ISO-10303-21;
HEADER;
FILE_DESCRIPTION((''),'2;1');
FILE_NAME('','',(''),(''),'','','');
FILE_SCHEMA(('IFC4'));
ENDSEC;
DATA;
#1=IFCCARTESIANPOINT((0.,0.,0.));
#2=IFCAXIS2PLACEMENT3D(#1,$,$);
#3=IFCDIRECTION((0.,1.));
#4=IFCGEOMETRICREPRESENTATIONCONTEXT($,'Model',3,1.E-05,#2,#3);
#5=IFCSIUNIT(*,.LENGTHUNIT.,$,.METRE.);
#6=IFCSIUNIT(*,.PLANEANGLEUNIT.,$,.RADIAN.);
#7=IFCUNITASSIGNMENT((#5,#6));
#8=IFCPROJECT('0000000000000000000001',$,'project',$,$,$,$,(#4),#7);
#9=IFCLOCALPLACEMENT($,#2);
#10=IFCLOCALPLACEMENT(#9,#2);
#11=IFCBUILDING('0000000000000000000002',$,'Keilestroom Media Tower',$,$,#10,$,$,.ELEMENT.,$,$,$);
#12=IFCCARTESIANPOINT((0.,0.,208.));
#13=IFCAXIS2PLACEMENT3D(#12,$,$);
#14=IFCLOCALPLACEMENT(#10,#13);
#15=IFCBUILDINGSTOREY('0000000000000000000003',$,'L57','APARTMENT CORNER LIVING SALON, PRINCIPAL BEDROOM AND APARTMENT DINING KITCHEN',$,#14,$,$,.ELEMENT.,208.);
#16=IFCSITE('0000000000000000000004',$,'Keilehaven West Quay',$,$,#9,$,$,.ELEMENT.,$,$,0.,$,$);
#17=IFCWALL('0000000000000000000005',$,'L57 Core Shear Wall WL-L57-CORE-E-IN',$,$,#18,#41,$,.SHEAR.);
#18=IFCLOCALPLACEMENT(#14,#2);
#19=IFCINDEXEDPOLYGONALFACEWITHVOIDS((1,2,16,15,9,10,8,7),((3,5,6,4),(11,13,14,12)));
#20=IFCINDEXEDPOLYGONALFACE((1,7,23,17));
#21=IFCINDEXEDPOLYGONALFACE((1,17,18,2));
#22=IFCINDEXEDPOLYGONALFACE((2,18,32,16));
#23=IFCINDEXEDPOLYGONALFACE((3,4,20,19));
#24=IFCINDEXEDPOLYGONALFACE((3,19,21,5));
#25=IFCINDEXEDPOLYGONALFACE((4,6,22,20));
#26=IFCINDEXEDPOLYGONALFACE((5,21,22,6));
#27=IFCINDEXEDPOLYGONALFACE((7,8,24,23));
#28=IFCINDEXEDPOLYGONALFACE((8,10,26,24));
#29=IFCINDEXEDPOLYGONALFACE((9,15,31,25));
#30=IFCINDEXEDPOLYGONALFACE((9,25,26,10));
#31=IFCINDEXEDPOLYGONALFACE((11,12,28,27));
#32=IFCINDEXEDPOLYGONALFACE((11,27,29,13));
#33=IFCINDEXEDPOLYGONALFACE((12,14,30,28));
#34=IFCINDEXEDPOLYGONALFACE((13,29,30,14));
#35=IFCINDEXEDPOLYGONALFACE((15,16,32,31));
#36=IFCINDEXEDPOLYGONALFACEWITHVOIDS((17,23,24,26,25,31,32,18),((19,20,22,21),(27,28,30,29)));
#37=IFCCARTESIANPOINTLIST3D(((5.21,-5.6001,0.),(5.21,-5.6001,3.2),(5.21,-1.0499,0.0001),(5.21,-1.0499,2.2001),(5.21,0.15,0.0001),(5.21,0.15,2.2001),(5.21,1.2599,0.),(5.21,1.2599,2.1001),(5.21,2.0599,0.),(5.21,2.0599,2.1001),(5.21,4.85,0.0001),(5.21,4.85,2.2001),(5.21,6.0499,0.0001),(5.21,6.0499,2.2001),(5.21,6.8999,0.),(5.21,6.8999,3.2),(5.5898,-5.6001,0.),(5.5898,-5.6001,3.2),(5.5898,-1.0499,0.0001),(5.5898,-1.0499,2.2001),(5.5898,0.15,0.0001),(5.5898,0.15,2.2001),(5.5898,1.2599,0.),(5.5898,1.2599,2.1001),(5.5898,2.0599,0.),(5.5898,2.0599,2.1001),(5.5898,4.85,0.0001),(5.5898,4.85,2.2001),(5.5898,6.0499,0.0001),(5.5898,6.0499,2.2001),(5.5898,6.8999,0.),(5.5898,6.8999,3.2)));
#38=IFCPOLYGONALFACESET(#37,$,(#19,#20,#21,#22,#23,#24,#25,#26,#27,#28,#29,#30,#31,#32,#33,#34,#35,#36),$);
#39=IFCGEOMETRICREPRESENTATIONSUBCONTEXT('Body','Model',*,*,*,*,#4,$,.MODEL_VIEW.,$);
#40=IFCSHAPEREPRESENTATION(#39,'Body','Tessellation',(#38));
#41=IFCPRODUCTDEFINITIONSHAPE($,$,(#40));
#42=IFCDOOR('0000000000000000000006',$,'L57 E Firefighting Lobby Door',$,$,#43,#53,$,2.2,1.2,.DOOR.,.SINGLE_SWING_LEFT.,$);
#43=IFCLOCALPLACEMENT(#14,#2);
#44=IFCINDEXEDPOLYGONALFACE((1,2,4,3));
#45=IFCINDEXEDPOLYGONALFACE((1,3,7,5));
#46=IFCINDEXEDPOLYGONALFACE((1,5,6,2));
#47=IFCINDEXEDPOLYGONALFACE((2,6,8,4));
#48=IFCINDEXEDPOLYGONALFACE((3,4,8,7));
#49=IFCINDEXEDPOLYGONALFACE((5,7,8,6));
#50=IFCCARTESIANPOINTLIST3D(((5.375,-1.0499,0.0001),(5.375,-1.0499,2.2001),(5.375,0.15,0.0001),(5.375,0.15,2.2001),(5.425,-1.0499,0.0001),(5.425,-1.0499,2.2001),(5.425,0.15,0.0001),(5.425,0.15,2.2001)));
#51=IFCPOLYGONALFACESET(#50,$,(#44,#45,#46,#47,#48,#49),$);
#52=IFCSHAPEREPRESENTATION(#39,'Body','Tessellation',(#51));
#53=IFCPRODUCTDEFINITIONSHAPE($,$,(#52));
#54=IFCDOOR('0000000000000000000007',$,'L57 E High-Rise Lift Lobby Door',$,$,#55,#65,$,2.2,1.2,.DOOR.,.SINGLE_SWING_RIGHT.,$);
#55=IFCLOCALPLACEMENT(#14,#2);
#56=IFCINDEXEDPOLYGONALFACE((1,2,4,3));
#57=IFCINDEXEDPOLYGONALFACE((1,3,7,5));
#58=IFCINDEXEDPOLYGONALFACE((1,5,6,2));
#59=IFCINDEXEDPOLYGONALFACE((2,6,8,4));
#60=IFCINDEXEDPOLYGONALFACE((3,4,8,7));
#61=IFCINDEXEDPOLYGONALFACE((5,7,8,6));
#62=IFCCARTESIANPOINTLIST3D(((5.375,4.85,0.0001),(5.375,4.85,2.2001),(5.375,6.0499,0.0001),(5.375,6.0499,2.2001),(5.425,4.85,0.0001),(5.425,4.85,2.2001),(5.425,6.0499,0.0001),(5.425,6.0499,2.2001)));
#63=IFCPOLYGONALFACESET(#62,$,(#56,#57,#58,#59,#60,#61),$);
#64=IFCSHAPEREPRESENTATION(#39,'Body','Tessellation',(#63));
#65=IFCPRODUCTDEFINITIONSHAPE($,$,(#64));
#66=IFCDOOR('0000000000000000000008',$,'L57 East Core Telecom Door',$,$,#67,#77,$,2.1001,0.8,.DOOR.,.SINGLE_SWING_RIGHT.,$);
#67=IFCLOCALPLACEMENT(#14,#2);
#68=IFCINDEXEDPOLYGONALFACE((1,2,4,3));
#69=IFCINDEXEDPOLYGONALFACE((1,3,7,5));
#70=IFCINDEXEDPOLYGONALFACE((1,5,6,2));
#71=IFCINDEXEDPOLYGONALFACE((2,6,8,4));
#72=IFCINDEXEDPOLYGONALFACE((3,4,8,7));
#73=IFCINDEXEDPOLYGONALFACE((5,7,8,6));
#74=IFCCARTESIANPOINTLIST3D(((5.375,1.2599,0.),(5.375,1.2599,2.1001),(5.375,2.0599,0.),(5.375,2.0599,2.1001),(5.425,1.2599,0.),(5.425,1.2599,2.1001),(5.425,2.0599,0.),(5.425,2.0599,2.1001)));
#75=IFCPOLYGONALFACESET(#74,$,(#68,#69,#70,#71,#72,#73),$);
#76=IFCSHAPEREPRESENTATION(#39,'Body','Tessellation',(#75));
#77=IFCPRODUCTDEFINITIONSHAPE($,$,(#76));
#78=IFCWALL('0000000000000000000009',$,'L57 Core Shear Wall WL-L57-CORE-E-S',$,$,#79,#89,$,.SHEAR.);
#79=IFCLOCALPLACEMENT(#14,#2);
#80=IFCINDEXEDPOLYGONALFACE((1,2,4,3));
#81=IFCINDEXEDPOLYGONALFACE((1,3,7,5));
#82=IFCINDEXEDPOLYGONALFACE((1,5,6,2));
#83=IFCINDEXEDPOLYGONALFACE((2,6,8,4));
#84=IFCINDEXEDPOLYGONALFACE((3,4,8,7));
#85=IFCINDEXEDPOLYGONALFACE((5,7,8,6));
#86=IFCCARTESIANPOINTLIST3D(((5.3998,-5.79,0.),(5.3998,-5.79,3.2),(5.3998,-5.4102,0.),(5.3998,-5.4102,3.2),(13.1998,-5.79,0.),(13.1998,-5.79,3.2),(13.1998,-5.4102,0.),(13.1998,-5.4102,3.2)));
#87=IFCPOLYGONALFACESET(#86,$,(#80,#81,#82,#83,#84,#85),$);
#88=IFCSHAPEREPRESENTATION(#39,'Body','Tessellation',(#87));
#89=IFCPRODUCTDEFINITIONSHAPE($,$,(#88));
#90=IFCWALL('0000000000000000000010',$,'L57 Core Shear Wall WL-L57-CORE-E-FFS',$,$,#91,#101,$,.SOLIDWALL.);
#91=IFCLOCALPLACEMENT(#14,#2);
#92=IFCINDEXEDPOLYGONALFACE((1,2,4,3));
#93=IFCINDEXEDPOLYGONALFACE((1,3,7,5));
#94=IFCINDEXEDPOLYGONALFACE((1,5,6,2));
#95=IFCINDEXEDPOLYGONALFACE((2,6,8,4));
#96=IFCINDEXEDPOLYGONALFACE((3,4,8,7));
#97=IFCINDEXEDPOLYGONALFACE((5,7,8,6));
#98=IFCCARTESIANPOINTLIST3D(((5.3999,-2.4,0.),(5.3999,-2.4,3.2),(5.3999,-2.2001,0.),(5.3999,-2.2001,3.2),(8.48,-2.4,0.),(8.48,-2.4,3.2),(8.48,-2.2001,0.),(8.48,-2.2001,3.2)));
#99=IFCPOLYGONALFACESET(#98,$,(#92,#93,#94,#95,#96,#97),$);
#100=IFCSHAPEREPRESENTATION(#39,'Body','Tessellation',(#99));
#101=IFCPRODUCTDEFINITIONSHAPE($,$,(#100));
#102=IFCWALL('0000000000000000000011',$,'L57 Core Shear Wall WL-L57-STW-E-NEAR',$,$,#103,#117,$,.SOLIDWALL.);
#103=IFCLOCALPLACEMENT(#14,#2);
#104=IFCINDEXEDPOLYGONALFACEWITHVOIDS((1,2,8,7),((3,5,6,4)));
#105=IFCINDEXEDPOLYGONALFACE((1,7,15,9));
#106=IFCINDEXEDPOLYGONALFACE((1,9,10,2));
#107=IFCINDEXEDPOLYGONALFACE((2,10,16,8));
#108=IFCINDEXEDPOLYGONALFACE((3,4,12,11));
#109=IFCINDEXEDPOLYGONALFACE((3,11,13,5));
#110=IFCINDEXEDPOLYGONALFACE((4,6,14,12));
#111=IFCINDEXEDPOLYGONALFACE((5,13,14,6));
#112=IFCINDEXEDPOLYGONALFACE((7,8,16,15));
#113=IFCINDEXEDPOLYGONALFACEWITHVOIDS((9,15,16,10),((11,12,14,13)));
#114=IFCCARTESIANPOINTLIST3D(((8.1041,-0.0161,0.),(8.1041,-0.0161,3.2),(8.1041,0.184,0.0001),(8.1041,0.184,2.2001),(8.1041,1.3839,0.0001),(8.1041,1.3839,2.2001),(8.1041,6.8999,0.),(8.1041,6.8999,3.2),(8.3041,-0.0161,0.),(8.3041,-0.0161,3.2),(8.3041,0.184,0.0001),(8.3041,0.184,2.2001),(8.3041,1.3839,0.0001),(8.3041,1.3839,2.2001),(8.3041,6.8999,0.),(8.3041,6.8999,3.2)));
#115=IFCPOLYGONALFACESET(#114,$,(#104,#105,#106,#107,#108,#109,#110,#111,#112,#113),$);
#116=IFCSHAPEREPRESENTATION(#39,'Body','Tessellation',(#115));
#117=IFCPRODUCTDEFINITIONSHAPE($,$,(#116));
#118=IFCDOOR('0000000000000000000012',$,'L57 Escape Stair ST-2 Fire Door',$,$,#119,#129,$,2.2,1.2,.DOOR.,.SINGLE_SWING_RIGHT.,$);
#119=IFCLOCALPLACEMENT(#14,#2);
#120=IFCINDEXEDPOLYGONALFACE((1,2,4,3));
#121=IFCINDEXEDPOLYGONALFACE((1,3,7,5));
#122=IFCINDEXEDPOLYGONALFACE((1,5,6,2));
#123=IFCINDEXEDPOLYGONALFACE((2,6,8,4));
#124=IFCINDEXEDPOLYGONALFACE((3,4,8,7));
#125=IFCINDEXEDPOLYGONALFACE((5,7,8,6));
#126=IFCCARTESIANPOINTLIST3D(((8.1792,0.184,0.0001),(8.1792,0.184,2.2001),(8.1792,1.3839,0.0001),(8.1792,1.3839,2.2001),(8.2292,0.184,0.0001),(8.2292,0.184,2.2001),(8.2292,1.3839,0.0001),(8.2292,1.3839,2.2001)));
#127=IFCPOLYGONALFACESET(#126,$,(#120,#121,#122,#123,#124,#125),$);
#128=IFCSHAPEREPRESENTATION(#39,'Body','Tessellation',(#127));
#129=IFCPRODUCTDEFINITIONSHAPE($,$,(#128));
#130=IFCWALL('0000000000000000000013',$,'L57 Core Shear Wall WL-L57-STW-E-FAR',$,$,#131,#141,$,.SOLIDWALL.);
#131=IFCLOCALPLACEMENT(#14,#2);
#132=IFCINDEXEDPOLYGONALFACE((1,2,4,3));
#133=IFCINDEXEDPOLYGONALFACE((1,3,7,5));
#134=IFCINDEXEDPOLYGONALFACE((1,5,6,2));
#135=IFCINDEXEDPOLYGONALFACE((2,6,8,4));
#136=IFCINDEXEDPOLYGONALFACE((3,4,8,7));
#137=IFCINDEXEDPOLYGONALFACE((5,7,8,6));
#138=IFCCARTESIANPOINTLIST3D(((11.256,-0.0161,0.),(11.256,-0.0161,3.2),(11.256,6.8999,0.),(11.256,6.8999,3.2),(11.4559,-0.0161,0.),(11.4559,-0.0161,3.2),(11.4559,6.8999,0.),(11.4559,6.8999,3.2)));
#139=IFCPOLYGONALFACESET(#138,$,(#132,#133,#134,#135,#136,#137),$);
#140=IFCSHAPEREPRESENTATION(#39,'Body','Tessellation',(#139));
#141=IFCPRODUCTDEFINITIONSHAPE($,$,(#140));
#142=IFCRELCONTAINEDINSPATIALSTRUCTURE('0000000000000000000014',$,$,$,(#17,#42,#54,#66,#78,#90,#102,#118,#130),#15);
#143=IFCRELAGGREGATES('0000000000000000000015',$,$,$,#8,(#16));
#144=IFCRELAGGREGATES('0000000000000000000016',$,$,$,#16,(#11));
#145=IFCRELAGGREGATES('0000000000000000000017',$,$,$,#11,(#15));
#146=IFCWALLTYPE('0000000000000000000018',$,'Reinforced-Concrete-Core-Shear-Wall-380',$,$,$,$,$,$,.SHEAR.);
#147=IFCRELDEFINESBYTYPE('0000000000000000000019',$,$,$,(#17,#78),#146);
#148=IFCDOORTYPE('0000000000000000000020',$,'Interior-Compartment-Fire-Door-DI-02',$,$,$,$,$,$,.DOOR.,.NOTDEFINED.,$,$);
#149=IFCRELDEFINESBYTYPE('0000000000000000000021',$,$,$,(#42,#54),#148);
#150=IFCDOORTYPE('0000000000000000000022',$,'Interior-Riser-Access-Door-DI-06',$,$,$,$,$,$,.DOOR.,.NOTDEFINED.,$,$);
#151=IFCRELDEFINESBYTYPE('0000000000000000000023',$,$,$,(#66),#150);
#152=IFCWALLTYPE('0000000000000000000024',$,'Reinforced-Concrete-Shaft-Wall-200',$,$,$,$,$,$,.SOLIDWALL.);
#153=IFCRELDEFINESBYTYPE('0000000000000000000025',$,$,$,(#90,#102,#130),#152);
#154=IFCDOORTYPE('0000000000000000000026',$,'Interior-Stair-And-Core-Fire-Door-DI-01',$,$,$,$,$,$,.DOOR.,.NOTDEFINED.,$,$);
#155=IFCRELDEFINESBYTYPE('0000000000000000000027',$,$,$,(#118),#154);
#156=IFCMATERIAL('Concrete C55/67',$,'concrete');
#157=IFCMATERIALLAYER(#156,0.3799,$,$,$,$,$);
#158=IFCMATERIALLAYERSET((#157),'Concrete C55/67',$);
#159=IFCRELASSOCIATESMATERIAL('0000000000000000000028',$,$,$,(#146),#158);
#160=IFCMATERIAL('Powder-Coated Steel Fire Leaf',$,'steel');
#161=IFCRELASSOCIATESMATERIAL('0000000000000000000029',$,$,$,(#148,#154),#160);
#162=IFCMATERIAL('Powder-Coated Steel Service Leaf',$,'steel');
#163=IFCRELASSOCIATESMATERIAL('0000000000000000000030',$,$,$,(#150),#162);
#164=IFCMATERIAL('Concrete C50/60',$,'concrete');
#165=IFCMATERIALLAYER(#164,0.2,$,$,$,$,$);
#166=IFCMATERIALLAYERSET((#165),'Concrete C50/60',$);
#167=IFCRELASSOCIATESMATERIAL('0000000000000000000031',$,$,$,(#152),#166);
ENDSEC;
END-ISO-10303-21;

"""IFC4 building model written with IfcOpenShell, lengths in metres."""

from ifc_helpers import new_model, si_unit, direction, frame, frame_2d, origin, place, context, subcontext, project, spatial, rectangle, extrude, source, transform, mapped, material, layer, layer_set, type_object, element, fill, save


model = new_model("IFC4")

# Units and contexts
model_context = context("Model", 3, precision=1e-05, world=origin(), true_north=direction((0.0, 1.0)))
body_context = subcontext(model_context, "Body", "Model", "MODEL_VIEW")
ifc_project = project(units=[si_unit("LENGTHUNIT", "METRE"), si_unit("PLANEANGLEUNIT", "RADIAN")], contexts=[model_context])

# Site, building, storey
site_placement = place(None, origin())
site = spatial("IfcSite", under=ifc_project, at=site_placement, Name="Keilehaven West Quay", CompositionType="ELEMENT", RefElevation=0.0)
building_placement = place(site_placement, origin())
building = spatial("IfcBuilding", under=site, at=building_placement, Name="Keilestroom Media Tower", CompositionType="ELEMENT")
storey_placement = place(building_placement, frame((0.0, 0.0, 208.0)))
storey = spatial("IfcBuildingStorey", under=building, at=storey_placement, Name="L57", Description="APARTMENT CORNER LIVING SALON, PRINCIPAL BEDROOM AND APARTMENT DINING KITCHEN", CompositionType="ELEMENT", Elevation=208.0)

# Shared definitions
ifc_material_1 = material(Name="Concrete C55/67", Category="concrete")
ifc_layer_1 = layer(ifc_material_1, 0.3799)
ifc_layer_set_1 = layer_set([ifc_layer_1], Name="Concrete C55/67")
wall_type_1 = type_object("IfcWallType", Name="Reinforced-Concrete-Core-Shear-Wall-380", PredefinedType="SHEAR", material=ifc_layer_set_1)

# Wall, openings, doors
wall_1_placement = place(storey_placement, frame((5.3999, -5.6001, 0.0), z_axis=(0.0, 0.0, 1.0), x_axis=(0.0, 1.0, 0.0)))
wall_1 = element("IfcWall", 1, at=wall_1_placement, inside=storey, type_object=wall_type_1, Name="L57 Core Shear Wall WL-L57-CORE-E-IN", PredefinedType="SHEAR", context=body_context, shape_type="SweptSolid", body=[
    extrude(rectangle(XDim=12.5, YDim=0.3799, at=frame_2d((6.25, 0.0))), origin(), (0.0, 0.0, 1.0), 3.2),
])
opening_1_placement = place(wall_1_placement, frame((4.55, 0.0, 0.0)))
opening_1 = element("IfcOpeningElement", 2, at=opening_1_placement, cuts=wall_1, PredefinedType="OPENING", context=body_context, shape_type="SweptSolid", body=[
    extrude(rectangle(XDim=1.2, YDim=2.2, at=frame_2d((0.6001, 1.1001))), frame((0.0, 0.2, 0.0), z_axis=(0.0, -1.0, 0.0), x_axis=(1.0, 0.0, 0.0)), (0.0, 0.0, 1.0), 0.3999),
])
opening_2_placement = place(wall_1_placement, frame((10.45, 0.0, 0.0)))
opening_2 = element("IfcOpeningElement", 3, at=opening_2_placement, cuts=wall_1, PredefinedType="OPENING", context=body_context, shape_type="SweptSolid", body=[
    extrude(rectangle(XDim=1.2, YDim=2.2, at=frame_2d((0.6001, 1.1001))), frame((0.0, 0.2, 0.0), z_axis=(0.0, -1.0, 0.0), x_axis=(1.0, 0.0, 0.0)), (0.0, 0.0, 1.0), 0.3999),
])
opening_3_placement = place(wall_1_placement, frame((6.8601, 0.0, 0.0)))
opening_3 = element("IfcOpeningElement", 4, at=opening_3_placement, cuts=wall_1, PredefinedType="OPENING", context=body_context, shape_type="SweptSolid", body=[
    extrude(rectangle(XDim=0.8, YDim=2.1001, at=frame_2d((0.3999, 1.05))), frame((0.0, 0.2, 0.0), z_axis=(0.0, -1.0, 0.0), x_axis=(1.0, 0.0, 0.0)), (0.0, 0.0, 1.0), 0.3999),
])
ifc_material_2 = material(Name="Powder-Coated Steel Fire Leaf", Category="steel")
door_type_1 = type_object("IfcDoorType", Name="Interior-Compartment-Fire-Door-DI-02", OperationType="NOTDEFINED", PredefinedType="DOOR", material=ifc_material_2)
shared_shape_1 = source(origin(), body_context, "Body", "SweptSolid", [
    extrude(rectangle(XDim=1.2, YDim=2.2, at=frame_2d((0.6001, 1.1001))), frame((0.0, 0.0249, 0.0), z_axis=(0.0, -1.0, 0.0), x_axis=(1.0, 0.0, 0.0)), (0.0, 0.0, 1.0), 0.05),
])
door_1_placement = place(opening_1_placement, origin())
door_1 = element("IfcDoor", 5, at=door_1_placement, inside=storey, type_object=door_type_1, Name="L57 E Firefighting Lobby Door", OperationType="SINGLE_SWING_LEFT", OverallHeight=2.2, OverallWidth=1.2, PredefinedType="DOOR", context=body_context, shape_type="MappedRepresentation", body=[
    mapped(shared_shape_1, transform((0.0, 0.0, 0.0), x_axis=(1.0, 0.0, 0.0), y_axis=(0.0, 1.0, 0.0), z_axis=(0.0, 0.0, 1.0), scale=1.0)),
])
fill(opening_1, door_1)
door_2_placement = place(opening_2_placement, origin())
door_2 = element("IfcDoor", 6, at=door_2_placement, inside=storey, type_object=door_type_1, Name="L57 E High-Rise Lift Lobby Door", OperationType="SINGLE_SWING_RIGHT", OverallHeight=2.2, OverallWidth=1.2, PredefinedType="DOOR", context=body_context, shape_type="MappedRepresentation", body=[
    mapped(shared_shape_1, transform((0.0, 0.0, 0.0), x_axis=(1.0, 0.0, 0.0), y_axis=(0.0, 1.0, 0.0), z_axis=(0.0, 0.0, 1.0), scale=1.0)),
])
fill(opening_2, door_2)
ifc_material_3 = material(Name="Powder-Coated Steel Service Leaf", Category="steel")
door_type_2 = type_object("IfcDoorType", Name="Interior-Riser-Access-Door-DI-06", OperationType="NOTDEFINED", PredefinedType="DOOR", material=ifc_material_3)
shared_shape_2 = source(origin(), body_context, "Body", "SweptSolid", [
    extrude(rectangle(XDim=0.8, YDim=2.1001, at=frame_2d((0.3999, 1.05))), frame((0.0, 0.0249, 0.0), z_axis=(0.0, -1.0, 0.0), x_axis=(1.0, 0.0, 0.0)), (0.0, 0.0, 1.0), 0.05),
])
door_3_placement = place(opening_3_placement, origin())
door_3 = element("IfcDoor", 7, at=door_3_placement, inside=storey, type_object=door_type_2, Name="L57 East Core Telecom Door", OperationType="SINGLE_SWING_RIGHT", OverallHeight=2.1001, OverallWidth=0.8, PredefinedType="DOOR", context=body_context, shape_type="MappedRepresentation", body=[
    mapped(shared_shape_2, transform((0.0, 0.0, 0.0), x_axis=(1.0, 0.0, 0.0), y_axis=(0.0, 1.0, 0.0), z_axis=(0.0, 0.0, 1.0), scale=1.0)),
])
fill(opening_3, door_3)

# Walls
wall_2_placement = place(storey_placement, frame((5.3999, -5.6001, 0.0), z_axis=(0.0, 0.0, 1.0), x_axis=(1.0, 0.0, 0.0)))
element("IfcWall", 8, at=wall_2_placement, inside=storey, type_object=wall_type_1, Name="L57 Core Shear Wall WL-L57-CORE-E-S", PredefinedType="SHEAR", context=body_context, shape_type="SweptSolid", body=[
    extrude(rectangle(XDim=7.8, YDim=0.3799, at=frame_2d((3.8999, 0.0))), origin(), (0.0, 0.0, 1.0), 3.2),
])
ifc_material_4 = material(Name="Concrete C50/60", Category="concrete")
ifc_layer_2 = layer(ifc_material_4, 0.2)
ifc_layer_set_2 = layer_set([ifc_layer_2], Name="Concrete C50/60")
wall_type_2 = type_object("IfcWallType", Name="Reinforced-Concrete-Shaft-Wall-200", PredefinedType="SOLIDWALL", material=ifc_layer_set_2)
wall_3_placement = place(storey_placement, frame((5.3999, -2.3, 0.0), z_axis=(0.0, 0.0, 1.0), x_axis=(1.0, 0.0, 0.0)))
element("IfcWall", 9, at=wall_3_placement, inside=storey, type_object=wall_type_2, Name="L57 Core Shear Wall WL-L57-CORE-E-FFS", PredefinedType="SOLIDWALL", context=body_context, shape_type="SweptSolid", body=[
    extrude(rectangle(XDim=3.0801, YDim=0.2, at=frame_2d((1.54, 0.0))), origin(), (0.0, 0.0, 1.0), 3.2),
])

# Wall, opening, door
wall_4_placement = place(storey_placement, frame((8.2041, -0.0161, 0.0), z_axis=(0.0, 0.0, 1.0), x_axis=(0.0, 1.0, 0.0)))
wall_4 = element("IfcWall", 10, at=wall_4_placement, inside=storey, type_object=wall_type_2, Name="L57 Core Shear Wall WL-L57-STW-E-NEAR", PredefinedType="SOLIDWALL", context=body_context, shape_type="SweptSolid", body=[
    extrude(rectangle(XDim=6.916, YDim=0.2, at=frame_2d((3.458, 0.0))), origin(), (0.0, 0.0, 1.0), 3.2),
])
opening_4_placement = place(wall_4_placement, frame((0.2, 0.0, 0.0)))
opening_4 = element("IfcOpeningElement", 11, at=opening_4_placement, cuts=wall_4, PredefinedType="OPENING", context=body_context, shape_type="SweptSolid", body=[
    extrude(rectangle(XDim=1.2, YDim=2.2, at=frame_2d((0.6001, 1.1001))), frame((0.0, 0.1099, 0.0), z_axis=(0.0, -1.0, 0.0), x_axis=(1.0, 0.0, 0.0)), (0.0, 0.0, 1.0), 0.22),
])
door_type_3 = type_object("IfcDoorType", Name="Interior-Stair-And-Core-Fire-Door-DI-01", OperationType="NOTDEFINED", PredefinedType="DOOR", material=ifc_material_2)
door_4_placement = place(opening_4_placement, origin())
door_4 = element("IfcDoor", 12, at=door_4_placement, inside=storey, type_object=door_type_3, Name="L57 Escape Stair ST-2 Fire Door", OperationType="SINGLE_SWING_RIGHT", OverallHeight=2.2, OverallWidth=1.2, PredefinedType="DOOR", context=body_context, shape_type="MappedRepresentation", body=[
    mapped(shared_shape_1, transform((0.0, 0.0, 0.0), x_axis=(1.0, 0.0, 0.0), y_axis=(0.0, 1.0, 0.0), z_axis=(0.0, 0.0, 1.0), scale=1.0)),
])
fill(opening_4, door_4)

# Wall
wall_5_placement = place(storey_placement, frame((11.356, -0.0161, 0.0), z_axis=(0.0, 0.0, 1.0), x_axis=(0.0, 1.0, 0.0)))
element("IfcWall", 13, at=wall_5_placement, inside=storey, type_object=wall_type_2, Name="L57 Core Shear Wall WL-L57-STW-E-FAR", PredefinedType="SOLIDWALL", context=body_context, shape_type="SweptSolid", body=[
    extrude(rectangle(XDim=6.916, YDim=0.2, at=frame_2d((3.458, 0.0))), origin(), (0.0, 0.0, 1.0), 3.2),
])

save(model, "model.ifc")
